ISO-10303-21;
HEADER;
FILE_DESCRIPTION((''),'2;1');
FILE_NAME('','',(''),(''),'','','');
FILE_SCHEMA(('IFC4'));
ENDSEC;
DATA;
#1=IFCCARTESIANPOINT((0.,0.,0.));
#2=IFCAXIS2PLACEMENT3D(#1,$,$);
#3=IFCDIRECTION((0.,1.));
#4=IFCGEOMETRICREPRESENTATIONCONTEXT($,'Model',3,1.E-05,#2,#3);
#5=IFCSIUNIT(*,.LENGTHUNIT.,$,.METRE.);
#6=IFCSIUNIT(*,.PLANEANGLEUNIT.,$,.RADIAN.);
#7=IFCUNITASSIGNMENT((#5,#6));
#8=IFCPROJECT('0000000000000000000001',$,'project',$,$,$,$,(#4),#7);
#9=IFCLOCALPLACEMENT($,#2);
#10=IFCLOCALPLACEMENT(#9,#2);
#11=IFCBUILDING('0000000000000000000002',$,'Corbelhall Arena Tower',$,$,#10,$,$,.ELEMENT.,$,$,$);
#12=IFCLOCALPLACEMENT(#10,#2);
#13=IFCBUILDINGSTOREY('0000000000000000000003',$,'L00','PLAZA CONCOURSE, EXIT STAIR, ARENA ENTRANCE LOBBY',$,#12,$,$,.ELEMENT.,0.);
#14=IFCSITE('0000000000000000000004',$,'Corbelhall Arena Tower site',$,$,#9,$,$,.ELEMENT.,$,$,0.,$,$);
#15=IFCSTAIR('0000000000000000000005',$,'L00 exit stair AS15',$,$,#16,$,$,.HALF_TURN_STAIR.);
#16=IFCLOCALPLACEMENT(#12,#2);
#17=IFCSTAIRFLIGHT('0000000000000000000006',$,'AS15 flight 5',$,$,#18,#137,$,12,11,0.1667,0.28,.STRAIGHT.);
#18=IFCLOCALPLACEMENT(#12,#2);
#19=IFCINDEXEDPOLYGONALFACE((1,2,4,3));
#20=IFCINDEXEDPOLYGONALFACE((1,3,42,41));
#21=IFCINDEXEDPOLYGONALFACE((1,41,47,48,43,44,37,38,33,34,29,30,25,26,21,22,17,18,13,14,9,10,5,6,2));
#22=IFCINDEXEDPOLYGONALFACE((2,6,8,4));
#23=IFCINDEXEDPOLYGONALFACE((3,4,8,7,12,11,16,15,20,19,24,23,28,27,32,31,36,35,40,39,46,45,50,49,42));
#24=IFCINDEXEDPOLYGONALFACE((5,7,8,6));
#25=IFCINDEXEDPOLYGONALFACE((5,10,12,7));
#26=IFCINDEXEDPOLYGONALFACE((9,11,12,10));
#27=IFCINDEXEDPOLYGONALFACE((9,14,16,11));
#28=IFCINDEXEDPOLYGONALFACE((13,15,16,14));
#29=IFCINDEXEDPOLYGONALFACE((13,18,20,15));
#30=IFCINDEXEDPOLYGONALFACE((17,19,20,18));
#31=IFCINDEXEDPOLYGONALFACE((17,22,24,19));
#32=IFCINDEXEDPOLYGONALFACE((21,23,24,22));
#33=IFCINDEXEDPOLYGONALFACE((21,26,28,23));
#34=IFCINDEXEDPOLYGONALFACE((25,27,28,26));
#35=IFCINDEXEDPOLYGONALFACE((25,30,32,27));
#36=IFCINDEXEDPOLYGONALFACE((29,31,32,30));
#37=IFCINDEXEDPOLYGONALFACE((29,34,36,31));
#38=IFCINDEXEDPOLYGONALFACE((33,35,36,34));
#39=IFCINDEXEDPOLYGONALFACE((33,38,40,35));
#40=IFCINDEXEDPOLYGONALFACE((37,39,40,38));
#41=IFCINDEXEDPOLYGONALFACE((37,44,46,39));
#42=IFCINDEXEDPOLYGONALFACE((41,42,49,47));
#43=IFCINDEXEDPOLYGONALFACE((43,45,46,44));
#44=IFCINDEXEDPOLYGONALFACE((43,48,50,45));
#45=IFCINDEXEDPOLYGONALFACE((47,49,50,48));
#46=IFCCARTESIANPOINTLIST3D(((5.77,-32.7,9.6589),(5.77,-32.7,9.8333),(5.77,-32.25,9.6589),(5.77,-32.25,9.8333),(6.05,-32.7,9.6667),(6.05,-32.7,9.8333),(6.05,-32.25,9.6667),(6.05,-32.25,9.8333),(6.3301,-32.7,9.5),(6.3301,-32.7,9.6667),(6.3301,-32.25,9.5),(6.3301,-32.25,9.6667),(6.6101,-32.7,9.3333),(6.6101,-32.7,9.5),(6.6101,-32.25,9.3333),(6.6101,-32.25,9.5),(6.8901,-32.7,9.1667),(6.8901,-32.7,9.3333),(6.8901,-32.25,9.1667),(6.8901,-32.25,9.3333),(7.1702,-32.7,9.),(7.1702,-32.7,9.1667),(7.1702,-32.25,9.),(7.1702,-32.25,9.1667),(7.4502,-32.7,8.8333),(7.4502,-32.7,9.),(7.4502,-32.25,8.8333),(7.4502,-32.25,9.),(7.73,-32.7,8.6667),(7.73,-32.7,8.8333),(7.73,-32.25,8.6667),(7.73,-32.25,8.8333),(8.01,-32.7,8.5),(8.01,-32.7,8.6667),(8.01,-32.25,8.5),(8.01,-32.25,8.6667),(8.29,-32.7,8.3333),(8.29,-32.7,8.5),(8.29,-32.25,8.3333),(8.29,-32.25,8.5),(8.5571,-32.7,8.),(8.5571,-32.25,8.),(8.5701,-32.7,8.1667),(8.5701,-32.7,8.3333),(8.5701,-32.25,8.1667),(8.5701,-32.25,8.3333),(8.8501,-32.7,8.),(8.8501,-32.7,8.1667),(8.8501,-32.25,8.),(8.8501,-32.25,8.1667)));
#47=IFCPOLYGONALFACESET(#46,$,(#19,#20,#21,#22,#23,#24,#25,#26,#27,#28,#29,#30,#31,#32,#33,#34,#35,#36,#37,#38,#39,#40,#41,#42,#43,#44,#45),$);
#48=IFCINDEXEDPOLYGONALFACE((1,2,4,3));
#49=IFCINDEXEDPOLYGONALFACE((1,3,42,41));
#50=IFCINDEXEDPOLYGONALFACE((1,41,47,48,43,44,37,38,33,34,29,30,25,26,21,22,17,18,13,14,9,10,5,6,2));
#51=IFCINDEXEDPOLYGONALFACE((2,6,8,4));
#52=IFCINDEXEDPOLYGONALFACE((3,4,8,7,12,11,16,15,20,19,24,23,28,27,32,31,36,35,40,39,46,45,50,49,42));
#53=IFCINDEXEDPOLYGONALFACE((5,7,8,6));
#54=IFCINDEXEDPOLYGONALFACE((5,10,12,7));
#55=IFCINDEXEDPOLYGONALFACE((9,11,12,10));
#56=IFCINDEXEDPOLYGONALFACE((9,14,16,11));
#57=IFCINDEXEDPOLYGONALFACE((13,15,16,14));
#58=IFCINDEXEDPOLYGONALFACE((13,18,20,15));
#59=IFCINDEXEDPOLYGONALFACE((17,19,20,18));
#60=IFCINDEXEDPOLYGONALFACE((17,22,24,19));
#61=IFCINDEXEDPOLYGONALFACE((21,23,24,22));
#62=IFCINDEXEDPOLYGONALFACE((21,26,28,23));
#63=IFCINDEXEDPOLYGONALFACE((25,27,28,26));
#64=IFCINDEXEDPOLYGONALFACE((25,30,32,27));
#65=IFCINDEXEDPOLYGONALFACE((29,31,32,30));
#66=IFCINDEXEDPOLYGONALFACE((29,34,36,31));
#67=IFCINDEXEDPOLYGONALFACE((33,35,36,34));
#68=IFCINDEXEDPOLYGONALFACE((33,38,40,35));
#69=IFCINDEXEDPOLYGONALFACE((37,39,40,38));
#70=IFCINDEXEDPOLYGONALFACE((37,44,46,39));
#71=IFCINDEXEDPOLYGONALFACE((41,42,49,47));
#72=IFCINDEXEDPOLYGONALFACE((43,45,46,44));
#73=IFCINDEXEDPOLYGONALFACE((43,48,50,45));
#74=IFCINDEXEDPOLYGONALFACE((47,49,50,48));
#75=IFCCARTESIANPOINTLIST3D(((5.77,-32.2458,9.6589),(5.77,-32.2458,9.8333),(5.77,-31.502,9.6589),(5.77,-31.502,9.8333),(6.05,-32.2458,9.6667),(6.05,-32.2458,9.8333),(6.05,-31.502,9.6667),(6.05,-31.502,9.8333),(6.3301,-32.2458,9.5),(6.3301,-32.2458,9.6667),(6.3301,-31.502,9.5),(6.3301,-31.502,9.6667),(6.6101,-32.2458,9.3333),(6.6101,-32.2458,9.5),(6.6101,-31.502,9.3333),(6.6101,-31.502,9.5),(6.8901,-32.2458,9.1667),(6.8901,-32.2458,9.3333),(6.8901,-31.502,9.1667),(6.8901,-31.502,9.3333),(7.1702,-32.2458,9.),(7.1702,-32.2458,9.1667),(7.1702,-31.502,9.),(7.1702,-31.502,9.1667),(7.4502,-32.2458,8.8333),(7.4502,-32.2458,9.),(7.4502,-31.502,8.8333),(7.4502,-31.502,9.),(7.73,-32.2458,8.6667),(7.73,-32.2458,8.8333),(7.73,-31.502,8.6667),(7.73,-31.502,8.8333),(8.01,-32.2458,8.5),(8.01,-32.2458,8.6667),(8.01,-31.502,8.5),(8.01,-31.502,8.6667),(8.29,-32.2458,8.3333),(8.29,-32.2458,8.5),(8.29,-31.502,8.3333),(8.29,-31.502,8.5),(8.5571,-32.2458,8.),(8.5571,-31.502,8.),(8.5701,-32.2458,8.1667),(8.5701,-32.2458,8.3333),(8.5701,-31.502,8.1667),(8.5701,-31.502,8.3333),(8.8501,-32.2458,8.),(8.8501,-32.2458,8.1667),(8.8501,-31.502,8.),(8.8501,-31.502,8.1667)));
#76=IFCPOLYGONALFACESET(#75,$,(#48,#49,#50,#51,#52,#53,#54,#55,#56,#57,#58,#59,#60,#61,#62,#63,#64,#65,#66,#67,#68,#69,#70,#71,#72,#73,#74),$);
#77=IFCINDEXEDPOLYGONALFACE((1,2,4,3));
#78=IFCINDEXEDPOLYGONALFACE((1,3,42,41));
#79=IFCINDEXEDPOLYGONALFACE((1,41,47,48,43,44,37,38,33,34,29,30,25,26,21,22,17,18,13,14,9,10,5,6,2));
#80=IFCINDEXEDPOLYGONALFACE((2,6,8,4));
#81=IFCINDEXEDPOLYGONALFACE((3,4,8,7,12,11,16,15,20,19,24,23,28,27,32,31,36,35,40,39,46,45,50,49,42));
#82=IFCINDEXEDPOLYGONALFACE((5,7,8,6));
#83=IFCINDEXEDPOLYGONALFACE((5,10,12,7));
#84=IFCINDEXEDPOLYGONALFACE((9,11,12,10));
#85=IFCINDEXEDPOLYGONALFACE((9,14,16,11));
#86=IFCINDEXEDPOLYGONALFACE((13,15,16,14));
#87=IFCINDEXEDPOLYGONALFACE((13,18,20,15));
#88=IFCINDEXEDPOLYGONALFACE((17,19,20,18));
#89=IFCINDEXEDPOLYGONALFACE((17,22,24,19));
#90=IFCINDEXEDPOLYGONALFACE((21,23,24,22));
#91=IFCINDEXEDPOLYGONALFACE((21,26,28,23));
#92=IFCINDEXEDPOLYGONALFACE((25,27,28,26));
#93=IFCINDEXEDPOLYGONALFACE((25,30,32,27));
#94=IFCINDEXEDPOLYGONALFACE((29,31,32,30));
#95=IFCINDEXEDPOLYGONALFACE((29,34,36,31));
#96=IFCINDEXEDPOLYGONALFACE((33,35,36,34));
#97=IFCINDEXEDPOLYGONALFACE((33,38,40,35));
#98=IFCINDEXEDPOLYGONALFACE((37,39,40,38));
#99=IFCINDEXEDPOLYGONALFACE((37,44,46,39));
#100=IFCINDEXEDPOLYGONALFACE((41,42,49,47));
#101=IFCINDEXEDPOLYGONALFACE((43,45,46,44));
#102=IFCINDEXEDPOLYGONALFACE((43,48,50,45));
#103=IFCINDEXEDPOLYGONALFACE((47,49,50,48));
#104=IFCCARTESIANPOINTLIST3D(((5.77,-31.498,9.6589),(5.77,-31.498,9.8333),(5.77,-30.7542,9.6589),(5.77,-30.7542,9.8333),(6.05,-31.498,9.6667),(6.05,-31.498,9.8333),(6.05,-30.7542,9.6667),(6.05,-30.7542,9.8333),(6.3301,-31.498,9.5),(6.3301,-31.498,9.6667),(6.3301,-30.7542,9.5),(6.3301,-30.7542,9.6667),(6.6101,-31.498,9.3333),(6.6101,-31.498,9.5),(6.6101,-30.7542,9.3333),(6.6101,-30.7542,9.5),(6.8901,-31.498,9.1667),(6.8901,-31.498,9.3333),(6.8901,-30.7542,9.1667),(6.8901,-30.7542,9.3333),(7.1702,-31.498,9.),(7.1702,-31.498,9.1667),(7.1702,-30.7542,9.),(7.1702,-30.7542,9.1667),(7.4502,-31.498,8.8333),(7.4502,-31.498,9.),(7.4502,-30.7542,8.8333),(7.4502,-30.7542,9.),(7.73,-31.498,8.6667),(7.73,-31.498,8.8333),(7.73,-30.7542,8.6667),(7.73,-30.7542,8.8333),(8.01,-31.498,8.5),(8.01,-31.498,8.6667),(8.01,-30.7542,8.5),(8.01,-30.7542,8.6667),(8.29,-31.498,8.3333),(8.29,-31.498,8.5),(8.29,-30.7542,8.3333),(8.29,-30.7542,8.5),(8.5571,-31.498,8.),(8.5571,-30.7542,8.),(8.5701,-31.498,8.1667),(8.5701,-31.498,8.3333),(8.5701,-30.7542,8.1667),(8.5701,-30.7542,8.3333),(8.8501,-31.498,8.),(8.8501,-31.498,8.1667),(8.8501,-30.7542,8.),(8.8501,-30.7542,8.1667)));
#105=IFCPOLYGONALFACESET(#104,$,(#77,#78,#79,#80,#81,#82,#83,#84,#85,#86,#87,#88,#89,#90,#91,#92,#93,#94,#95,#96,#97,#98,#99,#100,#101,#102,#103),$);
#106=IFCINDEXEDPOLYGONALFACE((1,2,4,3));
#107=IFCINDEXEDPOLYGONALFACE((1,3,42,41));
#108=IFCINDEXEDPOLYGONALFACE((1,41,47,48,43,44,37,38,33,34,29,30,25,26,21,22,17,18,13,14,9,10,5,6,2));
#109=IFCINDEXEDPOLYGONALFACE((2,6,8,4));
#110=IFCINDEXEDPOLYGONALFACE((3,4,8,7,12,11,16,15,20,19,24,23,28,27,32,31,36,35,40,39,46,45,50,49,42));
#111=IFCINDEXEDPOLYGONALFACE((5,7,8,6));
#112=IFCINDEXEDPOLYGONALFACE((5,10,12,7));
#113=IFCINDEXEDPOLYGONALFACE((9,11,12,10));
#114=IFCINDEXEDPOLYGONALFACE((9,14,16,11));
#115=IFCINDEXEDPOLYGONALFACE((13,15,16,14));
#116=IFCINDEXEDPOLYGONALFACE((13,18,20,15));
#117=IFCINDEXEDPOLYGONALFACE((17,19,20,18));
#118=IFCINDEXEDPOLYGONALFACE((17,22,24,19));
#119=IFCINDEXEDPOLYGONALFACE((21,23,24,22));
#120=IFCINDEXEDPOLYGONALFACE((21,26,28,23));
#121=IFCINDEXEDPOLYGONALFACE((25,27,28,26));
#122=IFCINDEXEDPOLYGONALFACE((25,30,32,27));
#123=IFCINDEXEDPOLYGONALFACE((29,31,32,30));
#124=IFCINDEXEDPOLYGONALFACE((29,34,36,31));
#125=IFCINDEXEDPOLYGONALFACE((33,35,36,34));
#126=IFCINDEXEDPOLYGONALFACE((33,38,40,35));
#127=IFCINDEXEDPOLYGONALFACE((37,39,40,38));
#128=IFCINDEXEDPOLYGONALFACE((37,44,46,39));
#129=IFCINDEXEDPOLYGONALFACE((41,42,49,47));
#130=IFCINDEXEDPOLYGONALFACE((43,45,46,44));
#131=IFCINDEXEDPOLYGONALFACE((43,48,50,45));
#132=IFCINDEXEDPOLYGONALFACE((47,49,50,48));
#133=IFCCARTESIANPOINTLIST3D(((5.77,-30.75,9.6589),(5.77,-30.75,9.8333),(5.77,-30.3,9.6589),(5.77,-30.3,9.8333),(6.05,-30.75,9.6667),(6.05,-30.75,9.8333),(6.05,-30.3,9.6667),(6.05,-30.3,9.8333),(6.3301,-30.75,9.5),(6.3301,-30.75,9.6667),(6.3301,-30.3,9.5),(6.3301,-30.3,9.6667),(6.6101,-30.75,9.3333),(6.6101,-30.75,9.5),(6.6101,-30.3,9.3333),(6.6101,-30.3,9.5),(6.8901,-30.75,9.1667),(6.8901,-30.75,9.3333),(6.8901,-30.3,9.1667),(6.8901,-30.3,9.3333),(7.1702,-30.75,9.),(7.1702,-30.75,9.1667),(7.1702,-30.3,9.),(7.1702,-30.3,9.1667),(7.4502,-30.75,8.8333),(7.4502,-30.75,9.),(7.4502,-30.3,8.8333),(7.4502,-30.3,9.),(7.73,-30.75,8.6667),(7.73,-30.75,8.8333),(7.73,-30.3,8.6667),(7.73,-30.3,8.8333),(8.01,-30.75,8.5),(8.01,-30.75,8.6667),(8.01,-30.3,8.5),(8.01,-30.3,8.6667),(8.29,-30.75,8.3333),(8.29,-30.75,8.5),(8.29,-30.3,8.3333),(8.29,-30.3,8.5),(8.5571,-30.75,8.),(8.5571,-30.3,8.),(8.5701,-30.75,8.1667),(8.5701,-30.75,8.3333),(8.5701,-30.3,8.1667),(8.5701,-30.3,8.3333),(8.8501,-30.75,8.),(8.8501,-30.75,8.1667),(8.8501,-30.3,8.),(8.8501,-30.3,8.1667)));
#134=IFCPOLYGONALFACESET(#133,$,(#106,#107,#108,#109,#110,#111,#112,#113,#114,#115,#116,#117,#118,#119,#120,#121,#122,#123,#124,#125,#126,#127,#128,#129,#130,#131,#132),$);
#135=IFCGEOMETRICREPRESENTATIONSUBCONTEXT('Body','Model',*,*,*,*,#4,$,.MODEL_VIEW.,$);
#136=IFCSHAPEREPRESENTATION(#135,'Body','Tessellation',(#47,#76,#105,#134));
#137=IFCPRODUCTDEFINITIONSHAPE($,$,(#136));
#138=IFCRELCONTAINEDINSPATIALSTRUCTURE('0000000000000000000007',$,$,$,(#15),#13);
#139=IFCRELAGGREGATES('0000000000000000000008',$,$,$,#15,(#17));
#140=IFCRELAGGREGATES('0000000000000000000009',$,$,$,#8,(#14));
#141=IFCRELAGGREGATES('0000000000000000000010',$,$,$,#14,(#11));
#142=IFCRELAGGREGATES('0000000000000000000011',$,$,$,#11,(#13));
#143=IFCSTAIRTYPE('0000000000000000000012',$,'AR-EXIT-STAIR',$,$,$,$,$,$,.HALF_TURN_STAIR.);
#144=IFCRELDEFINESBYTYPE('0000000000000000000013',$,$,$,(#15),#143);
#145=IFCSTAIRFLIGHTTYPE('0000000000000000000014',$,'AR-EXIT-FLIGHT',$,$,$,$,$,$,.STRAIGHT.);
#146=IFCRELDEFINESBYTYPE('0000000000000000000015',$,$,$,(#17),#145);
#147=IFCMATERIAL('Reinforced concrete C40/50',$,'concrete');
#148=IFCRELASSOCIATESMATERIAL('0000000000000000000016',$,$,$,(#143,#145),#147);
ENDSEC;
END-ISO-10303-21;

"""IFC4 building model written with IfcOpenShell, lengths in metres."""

from ifc_helpers import new_model, si_unit, direction, frame, origin, place, context, subcontext, project, spatial, polyline, outline, extrude, material, type_object, element, aggregate, save


model = new_model("IFC4")

# Units and contexts
model_context = context("Model", 3, precision=1e-05, world=origin(), true_north=direction((0.0, 1.0)))
body_context = subcontext(model_context, "Body", "Model", "MODEL_VIEW")
ifc_project = project(units=[si_unit("LENGTHUNIT", "METRE"), si_unit("PLANEANGLEUNIT", "RADIAN")], contexts=[model_context])

# Site, building, storey
site_placement = place(None, origin())
site = spatial("IfcSite", under=ifc_project, at=site_placement, Name="Corbelhall Arena Tower site", CompositionType="ELEMENT", RefElevation=0.0)
building_placement = place(site_placement, origin())
building = spatial("IfcBuilding", under=site, at=building_placement, Name="Corbelhall Arena Tower", CompositionType="ELEMENT")
storey_placement = place(building_placement, origin())
storey = spatial("IfcBuildingStorey", under=building, at=storey_placement, Name="L00", Description="PLAZA CONCOURSE, EXIT STAIR, ARENA ENTRANCE LOBBY", CompositionType="ELEMENT", Elevation=0.0)

# Shared definitions
ifc_material_1 = material(Name="Reinforced concrete C40/50", Category="concrete")

# Stair, stair flight
stair_type = type_object("IfcStairType", Name="AR-EXIT-STAIR", PredefinedType="HALF_TURN_STAIR", material=ifc_material_1)
stair_placement = place(storey_placement, origin())
stair = element("IfcStair", 1, at=stair_placement, inside=storey, type_object=stair_type, Name="L00 exit stair AS15", PredefinedType="HALF_TURN_STAIR")
stair_flight_type = type_object("IfcStairFlightType", Name="AR-EXIT-FLIGHT", PredefinedType="STRAIGHT", material=ifc_material_1)
stair_flight_1_placement = place(storey_placement, frame((8.8501, -31.5, 8.0), z_axis=(0.0, 0.0, 1.0), x_axis=(-1.0, 0.0, 0.0)))
stair_flight_1 = element("IfcStairFlight", 2, at=stair_flight_1_placement, type_object=stair_flight_type, Name="AS15 flight 5", NumberOfRisers=12, NumberOfTreads=11, PredefinedType="STRAIGHT", RiserHeight=0.1667, TreadLength=0.28, context=body_context, shape_type="SweptSolid", body=[
    extrude(outline(polyline([(0.0, 0.0), (0.0, 0.1667), (0.28, 0.1667), (0.28, 0.3333), (0.5601, 0.3333), (0.5601, 0.5), (0.8401, 0.5), (0.8401, 0.6667), (1.1201, 0.6667), (1.1201, 0.8333), (1.3999, 0.8333), (1.3999, 1.0), (1.6799, 1.0), (1.6799, 1.1667), (1.96, 1.1667), (1.96, 1.3333), (2.24, 1.3333), (2.24, 1.5), (2.52, 1.5), (2.52, 1.6667), (2.8, 1.6667), (2.8, 1.8333), (3.0801, 1.8333), (3.0801, 2.0), (3.0801, 1.6589), (0.293, 0.0), (0.0, 0.0)])), frame((0.0, 1.2, 0.0), z_axis=(0.0, -1.0, 0.0), x_axis=(1.0, 0.0, 0.0)), (0.0, 0.0, 1.0), 0.45),
    extrude(outline(polyline([(0.0, 0.0), (0.0, 0.1667), (0.28, 0.1667), (0.28, 0.3333), (0.5601, 0.3333), (0.5601, 0.5), (0.8401, 0.5), (0.8401, 0.6667), (1.1201, 0.6667), (1.1201, 0.8333), (1.3999, 0.8333), (1.3999, 1.0), (1.6799, 1.0), (1.6799, 1.1667), (1.96, 1.1667), (1.96, 1.3333), (2.24, 1.3333), (2.24, 1.5), (2.52, 1.5), (2.52, 1.6667), (2.8, 1.6667), (2.8, 1.8333), (3.0801, 1.8333), (3.0801, 2.0), (3.0801, 1.6589), (0.293, 0.0), (0.0, 0.0)])), frame((0.0, 0.7458, 0.0), z_axis=(0.0, -1.0, 0.0), x_axis=(1.0, 0.0, 0.0)), (0.0, 0.0, 1.0), 0.7439),
    extrude(outline(polyline([(0.0, 0.0), (0.0, 0.1667), (0.28, 0.1667), (0.28, 0.3333), (0.5601, 0.3333), (0.5601, 0.5), (0.8401, 0.5), (0.8401, 0.6667), (1.1201, 0.6667), (1.1201, 0.8333), (1.3999, 0.8333), (1.3999, 1.0), (1.6799, 1.0), (1.6799, 1.1667), (1.96, 1.1667), (1.96, 1.3333), (2.24, 1.3333), (2.24, 1.5), (2.52, 1.5), (2.52, 1.6667), (2.8, 1.6667), (2.8, 1.8333), (3.0801, 1.8333), (3.0801, 2.0), (3.0801, 1.6589), (0.293, 0.0), (0.0, 0.0)])), frame((0.0, -0.002, 0.0), z_axis=(0.0, -1.0, 0.0), x_axis=(1.0, 0.0, 0.0)), (0.0, 0.0, 1.0), 0.7439),
    extrude(outline(polyline([(0.0, 0.0), (0.0, 0.1667), (0.28, 0.1667), (0.28, 0.3333), (0.5601, 0.3333), (0.5601, 0.5), (0.8401, 0.5), (0.8401, 0.6667), (1.1201, 0.6667), (1.1201, 0.8333), (1.3999, 0.8333), (1.3999, 1.0), (1.6799, 1.0), (1.6799, 1.1667), (1.96, 1.1667), (1.96, 1.3333), (2.24, 1.3333), (2.24, 1.5), (2.52, 1.5), (2.52, 1.6667), (2.8, 1.6667), (2.8, 1.8333), (3.0801, 1.8333), (3.0801, 2.0), (3.0801, 1.6589), (0.293, 0.0), (0.0, 0.0)])), frame((0.0, -0.75, 0.0), z_axis=(0.0, -1.0, 0.0), x_axis=(1.0, 0.0, 0.0)), (0.0, 0.0, 1.0), 0.45),
])
aggregate(stair, [stair_flight_1])

save(model, "model.ifc")
